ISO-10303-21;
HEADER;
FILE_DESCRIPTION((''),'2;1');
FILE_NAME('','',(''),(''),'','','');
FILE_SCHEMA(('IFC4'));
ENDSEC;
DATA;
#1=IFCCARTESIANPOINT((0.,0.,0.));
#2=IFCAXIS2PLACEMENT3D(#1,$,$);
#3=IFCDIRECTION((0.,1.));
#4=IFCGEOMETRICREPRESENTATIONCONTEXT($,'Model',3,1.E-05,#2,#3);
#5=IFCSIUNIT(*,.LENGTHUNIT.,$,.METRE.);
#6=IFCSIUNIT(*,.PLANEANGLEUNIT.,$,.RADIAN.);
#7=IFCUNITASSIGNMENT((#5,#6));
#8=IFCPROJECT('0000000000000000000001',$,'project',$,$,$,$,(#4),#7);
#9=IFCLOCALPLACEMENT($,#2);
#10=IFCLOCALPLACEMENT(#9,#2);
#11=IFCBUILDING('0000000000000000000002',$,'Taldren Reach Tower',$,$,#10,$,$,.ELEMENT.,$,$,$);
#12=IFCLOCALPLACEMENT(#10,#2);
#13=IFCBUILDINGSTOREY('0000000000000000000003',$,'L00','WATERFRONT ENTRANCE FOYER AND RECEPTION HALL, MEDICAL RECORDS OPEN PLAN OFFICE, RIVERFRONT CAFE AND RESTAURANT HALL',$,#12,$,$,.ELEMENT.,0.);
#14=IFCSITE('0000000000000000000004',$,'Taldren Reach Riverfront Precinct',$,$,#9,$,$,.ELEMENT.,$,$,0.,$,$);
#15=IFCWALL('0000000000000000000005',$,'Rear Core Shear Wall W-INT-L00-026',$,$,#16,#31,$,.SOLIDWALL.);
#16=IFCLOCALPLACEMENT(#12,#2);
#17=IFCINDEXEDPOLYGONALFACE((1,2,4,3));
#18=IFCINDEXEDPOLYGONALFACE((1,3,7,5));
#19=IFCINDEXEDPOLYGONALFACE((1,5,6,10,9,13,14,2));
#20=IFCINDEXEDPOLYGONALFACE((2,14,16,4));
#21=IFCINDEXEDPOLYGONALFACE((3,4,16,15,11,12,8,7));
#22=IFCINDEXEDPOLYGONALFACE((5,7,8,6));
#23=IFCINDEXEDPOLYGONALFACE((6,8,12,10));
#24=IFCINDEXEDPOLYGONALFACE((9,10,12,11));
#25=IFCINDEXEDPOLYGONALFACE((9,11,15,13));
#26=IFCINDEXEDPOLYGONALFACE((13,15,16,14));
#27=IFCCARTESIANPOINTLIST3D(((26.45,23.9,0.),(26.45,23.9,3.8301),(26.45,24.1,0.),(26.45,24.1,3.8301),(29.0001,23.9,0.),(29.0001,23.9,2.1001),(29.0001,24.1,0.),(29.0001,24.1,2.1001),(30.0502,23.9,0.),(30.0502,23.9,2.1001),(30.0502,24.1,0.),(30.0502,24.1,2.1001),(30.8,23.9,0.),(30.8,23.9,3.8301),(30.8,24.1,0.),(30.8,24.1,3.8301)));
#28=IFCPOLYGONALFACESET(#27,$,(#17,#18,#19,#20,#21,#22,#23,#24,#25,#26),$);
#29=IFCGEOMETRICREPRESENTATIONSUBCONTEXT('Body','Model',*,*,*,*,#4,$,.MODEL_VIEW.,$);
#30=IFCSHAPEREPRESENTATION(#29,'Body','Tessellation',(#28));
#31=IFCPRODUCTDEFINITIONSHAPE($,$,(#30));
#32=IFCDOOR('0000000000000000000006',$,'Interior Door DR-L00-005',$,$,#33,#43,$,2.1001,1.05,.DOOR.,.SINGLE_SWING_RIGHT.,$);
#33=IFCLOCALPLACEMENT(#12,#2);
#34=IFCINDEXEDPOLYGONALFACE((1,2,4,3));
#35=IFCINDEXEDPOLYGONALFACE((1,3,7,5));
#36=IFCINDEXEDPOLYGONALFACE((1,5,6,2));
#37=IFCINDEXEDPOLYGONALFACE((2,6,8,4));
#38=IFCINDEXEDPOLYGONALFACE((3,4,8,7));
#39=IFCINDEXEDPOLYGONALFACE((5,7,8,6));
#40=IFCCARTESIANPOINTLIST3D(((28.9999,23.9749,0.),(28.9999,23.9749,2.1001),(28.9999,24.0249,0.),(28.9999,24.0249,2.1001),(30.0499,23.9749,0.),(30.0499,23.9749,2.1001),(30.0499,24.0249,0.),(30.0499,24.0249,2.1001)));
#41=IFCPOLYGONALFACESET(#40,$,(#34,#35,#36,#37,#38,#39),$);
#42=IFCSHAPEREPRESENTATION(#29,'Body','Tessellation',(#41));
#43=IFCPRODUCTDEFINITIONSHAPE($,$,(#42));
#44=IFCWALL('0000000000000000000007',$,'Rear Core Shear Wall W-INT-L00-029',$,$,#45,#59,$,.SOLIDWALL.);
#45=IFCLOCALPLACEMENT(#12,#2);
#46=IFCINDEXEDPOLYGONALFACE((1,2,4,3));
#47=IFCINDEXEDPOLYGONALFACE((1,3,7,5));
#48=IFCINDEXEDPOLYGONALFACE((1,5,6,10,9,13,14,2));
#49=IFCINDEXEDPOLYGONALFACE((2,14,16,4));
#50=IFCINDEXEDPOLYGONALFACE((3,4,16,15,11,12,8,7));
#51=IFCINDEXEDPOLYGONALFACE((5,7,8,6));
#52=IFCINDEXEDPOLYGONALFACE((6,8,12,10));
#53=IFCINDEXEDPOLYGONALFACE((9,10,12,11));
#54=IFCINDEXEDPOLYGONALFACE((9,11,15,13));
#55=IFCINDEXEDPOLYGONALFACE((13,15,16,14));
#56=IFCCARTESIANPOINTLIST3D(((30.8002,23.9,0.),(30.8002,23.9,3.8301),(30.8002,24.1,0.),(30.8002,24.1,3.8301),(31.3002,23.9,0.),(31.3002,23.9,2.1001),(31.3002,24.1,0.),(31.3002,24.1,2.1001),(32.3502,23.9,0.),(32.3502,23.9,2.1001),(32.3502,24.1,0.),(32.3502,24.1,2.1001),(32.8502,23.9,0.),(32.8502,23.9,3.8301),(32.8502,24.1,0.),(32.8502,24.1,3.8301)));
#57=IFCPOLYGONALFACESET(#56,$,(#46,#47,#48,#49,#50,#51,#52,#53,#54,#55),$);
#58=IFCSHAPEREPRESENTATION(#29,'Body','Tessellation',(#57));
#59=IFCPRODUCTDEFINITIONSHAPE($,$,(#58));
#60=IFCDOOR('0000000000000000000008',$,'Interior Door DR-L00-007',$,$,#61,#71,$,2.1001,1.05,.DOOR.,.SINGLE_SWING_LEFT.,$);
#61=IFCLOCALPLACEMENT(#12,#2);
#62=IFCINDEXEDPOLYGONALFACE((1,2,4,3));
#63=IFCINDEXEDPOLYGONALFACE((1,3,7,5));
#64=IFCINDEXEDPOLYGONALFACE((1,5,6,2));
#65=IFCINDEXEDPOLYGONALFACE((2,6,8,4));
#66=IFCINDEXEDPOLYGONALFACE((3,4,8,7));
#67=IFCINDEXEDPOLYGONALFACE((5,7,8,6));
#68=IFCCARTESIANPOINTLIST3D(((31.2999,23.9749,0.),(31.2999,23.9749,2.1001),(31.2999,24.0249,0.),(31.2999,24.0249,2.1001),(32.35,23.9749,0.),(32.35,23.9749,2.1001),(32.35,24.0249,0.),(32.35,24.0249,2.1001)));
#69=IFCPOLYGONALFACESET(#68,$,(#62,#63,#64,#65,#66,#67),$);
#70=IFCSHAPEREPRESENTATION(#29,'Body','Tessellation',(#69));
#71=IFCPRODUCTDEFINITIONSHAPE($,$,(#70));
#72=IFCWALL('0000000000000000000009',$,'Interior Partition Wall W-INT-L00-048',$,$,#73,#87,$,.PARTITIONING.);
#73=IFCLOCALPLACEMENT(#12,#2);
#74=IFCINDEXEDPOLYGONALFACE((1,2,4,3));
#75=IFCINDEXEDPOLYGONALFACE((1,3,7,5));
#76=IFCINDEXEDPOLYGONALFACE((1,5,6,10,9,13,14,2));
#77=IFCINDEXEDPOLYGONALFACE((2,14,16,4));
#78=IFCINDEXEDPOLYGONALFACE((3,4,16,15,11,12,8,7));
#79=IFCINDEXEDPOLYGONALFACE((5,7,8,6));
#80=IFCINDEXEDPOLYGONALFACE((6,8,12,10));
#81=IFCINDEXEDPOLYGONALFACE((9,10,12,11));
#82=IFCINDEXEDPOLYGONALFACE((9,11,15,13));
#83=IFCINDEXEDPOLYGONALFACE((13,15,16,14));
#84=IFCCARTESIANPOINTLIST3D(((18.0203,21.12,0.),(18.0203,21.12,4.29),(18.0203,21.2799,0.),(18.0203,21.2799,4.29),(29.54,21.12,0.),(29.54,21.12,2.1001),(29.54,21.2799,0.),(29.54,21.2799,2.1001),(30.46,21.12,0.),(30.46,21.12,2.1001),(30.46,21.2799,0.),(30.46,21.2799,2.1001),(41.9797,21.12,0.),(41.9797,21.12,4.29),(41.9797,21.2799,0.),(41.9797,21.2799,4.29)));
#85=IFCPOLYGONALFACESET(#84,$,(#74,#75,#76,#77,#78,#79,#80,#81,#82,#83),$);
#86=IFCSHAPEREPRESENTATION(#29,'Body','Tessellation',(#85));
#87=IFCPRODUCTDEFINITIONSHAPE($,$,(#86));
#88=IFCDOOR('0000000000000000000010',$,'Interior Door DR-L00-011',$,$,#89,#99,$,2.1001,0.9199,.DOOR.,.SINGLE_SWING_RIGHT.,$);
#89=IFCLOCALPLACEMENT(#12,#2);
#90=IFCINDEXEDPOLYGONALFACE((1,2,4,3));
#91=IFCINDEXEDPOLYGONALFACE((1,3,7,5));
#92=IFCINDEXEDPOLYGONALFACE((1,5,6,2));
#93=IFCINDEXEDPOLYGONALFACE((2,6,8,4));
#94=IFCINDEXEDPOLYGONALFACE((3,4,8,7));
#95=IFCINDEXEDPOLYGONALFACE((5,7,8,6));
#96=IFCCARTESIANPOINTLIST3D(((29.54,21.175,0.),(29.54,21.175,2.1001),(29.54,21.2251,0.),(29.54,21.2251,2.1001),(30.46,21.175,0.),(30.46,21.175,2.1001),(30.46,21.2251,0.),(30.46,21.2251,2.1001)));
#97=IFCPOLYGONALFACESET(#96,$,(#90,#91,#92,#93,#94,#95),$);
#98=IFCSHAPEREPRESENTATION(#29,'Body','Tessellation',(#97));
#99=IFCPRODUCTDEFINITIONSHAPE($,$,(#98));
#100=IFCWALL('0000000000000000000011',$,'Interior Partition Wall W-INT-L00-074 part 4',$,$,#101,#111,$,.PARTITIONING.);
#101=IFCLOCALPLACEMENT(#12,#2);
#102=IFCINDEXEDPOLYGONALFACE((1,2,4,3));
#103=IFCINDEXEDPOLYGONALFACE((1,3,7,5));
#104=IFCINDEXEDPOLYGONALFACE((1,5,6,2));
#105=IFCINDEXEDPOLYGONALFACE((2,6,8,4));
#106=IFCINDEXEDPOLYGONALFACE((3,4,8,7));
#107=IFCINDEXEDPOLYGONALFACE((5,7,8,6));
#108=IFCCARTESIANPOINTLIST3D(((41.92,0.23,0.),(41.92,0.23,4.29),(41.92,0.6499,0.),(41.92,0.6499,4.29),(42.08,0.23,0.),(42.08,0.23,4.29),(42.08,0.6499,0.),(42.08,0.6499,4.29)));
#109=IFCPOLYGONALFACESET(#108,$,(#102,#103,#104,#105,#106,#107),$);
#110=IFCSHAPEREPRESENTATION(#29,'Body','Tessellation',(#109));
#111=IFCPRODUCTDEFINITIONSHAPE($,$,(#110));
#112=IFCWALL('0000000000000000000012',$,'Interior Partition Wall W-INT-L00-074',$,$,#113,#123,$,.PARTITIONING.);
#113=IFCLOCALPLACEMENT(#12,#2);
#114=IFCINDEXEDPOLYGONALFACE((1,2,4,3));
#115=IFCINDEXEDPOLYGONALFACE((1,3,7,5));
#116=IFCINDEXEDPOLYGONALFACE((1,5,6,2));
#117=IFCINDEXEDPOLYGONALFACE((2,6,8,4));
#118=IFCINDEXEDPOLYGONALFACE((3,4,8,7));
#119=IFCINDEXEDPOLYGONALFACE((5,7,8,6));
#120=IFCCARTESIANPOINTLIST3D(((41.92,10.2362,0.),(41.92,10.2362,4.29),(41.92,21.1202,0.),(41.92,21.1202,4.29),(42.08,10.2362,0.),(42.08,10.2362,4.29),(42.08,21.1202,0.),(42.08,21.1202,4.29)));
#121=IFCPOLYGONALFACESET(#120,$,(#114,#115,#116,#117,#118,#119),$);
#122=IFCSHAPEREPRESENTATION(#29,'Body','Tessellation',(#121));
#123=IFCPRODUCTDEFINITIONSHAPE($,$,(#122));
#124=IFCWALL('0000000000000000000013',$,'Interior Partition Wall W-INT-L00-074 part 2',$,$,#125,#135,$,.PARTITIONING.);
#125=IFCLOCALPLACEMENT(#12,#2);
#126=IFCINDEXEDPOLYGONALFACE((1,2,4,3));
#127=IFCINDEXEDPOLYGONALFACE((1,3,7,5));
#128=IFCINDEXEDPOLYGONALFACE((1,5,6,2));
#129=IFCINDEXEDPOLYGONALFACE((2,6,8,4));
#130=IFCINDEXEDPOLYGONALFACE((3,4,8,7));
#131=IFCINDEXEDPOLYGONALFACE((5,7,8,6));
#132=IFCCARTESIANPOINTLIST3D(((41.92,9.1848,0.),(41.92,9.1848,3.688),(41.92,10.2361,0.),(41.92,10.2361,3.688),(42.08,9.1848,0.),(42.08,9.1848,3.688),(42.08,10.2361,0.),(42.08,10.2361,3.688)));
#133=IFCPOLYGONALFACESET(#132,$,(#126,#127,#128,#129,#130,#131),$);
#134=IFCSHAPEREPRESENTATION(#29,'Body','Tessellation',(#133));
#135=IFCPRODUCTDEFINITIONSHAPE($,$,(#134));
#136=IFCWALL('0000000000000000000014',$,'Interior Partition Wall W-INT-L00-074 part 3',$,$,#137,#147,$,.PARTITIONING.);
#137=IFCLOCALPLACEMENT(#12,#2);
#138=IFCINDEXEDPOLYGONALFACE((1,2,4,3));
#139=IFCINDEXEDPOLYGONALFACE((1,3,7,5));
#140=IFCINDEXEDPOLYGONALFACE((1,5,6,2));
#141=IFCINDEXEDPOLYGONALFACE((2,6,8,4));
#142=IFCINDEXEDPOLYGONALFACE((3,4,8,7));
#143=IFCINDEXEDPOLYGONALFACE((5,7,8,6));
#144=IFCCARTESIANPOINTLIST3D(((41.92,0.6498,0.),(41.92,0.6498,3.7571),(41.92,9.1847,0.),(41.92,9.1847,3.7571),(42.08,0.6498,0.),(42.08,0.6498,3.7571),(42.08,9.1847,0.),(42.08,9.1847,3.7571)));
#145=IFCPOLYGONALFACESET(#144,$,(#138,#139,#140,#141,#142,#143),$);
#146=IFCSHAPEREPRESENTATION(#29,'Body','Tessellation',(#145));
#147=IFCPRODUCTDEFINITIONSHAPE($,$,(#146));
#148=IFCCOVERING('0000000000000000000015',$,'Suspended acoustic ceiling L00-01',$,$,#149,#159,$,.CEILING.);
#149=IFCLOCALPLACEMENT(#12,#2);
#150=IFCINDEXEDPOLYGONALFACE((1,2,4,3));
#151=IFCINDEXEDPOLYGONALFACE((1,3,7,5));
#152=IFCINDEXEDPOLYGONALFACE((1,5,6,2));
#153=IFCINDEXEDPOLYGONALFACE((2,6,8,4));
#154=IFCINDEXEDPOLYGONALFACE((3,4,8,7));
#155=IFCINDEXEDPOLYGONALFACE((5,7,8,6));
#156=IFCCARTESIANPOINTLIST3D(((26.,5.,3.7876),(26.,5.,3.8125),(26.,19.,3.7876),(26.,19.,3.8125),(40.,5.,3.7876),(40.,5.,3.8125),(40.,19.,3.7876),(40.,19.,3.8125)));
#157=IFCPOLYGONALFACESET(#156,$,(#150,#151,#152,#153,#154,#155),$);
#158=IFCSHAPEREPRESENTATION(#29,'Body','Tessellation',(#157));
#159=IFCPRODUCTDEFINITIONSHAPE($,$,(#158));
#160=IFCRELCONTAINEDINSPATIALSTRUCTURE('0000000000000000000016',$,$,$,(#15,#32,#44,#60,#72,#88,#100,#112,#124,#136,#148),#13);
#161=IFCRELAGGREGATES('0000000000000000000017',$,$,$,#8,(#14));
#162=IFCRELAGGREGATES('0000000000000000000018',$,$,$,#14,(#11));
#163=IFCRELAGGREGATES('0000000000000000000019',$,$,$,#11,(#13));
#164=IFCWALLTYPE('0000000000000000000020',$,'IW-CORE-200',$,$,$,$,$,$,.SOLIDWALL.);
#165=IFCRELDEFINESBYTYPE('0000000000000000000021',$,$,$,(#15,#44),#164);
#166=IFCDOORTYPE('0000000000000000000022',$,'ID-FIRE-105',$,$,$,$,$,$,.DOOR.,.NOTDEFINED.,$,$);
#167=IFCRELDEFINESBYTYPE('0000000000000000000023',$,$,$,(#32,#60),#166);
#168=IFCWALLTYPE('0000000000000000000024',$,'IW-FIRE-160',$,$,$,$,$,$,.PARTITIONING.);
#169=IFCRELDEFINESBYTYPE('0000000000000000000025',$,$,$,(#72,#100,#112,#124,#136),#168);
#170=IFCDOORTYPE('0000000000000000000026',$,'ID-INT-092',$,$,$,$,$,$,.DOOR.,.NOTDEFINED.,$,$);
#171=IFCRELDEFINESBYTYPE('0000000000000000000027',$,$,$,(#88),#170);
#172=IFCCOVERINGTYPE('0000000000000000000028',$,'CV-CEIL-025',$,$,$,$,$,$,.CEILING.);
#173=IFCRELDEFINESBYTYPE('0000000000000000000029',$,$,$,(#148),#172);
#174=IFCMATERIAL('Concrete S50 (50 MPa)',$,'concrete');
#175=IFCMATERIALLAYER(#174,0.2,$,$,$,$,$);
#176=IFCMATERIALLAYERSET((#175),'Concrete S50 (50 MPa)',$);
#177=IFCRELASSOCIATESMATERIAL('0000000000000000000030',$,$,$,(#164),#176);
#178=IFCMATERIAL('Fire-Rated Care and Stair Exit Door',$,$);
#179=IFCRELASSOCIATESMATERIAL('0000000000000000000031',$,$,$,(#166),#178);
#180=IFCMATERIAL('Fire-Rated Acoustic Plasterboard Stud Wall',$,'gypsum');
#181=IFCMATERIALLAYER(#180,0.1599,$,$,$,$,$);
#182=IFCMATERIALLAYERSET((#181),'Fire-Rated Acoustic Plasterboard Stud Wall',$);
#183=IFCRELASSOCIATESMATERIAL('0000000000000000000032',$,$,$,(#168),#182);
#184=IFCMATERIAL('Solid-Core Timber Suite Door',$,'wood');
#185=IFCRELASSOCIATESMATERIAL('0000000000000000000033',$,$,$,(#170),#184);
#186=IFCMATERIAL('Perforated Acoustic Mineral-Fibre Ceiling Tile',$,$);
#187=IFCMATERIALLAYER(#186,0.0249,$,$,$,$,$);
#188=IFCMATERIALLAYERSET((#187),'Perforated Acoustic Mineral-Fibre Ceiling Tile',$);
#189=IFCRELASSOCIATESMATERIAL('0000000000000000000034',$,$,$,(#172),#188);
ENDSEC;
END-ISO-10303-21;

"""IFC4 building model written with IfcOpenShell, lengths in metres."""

from ifc_helpers import new_model, si_unit, direction, frame, frame_2d, origin, origin_2d, place, context, subcontext, project, spatial, rectangle, extrude, source, transform, mapped, material, layer, layer_set, type_object, element, fill, save


model = new_model("IFC4")

# Units and contexts
model_context = context("Model", 3, precision=1e-05, world=origin(), true_north=direction((0.0, 1.0)))
body_context = subcontext(model_context, "Body", "Model", "MODEL_VIEW")
ifc_project = project(units=[si_unit("LENGTHUNIT", "METRE"), si_unit("PLANEANGLEUNIT", "RADIAN")], contexts=[model_context])

# Site, building, storey
site_placement = place(None, origin())
site = spatial("IfcSite", under=ifc_project, at=site_placement, Name="Taldren Reach Riverfront Precinct", CompositionType="ELEMENT", RefElevation=0.0)
building_placement = place(site_placement, origin())
building = spatial("IfcBuilding", under=site, at=building_placement, Name="Taldren Reach Tower", CompositionType="ELEMENT")
storey_placement = place(building_placement, origin())
storey = spatial("IfcBuildingStorey", under=building, at=storey_placement, Name="L00", Description="WATERFRONT ENTRANCE FOYER AND RECEPTION HALL, MEDICAL RECORDS OPEN PLAN OFFICE, RIVERFRONT CAFE AND RESTAURANT HALL", CompositionType="ELEMENT", Elevation=0.0)

# Walls, openings, doors
ifc_material_1 = material(Name="Concrete S50 (50 MPa)", Category="concrete")
ifc_layer_1 = layer(ifc_material_1, 0.2)
ifc_layer_set_1 = layer_set([ifc_layer_1], Name="Concrete S50 (50 MPa)")
wall_type_1 = type_object("IfcWallType", Name="IW-CORE-200", PredefinedType="SOLIDWALL", material=ifc_layer_set_1)
shared_shape_1 = source(origin(), body_context, "Body", "SweptSolid", [
    extrude(rectangle(XDim=4.3501, YDim=0.2, at=frame_2d((2.175, 0.0))), origin(), (0.0, 0.0, 1.0), 3.8301),
])
wall_1_placement = place(storey_placement, frame((30.8, 24.0, 0.0), z_axis=(0.0, 0.0, 1.0), x_axis=(-1.0, 0.0, 0.0)))
wall_1 = element("IfcWall", 1, at=wall_1_placement, inside=storey, type_object=wall_type_1, Name="Rear Core Shear Wall W-INT-L00-026", PredefinedType="SOLIDWALL", context=body_context, shape_type="MappedRepresentation", body=[
    mapped(shared_shape_1, transform((0.0, 0.0, 0.0), scale=1.0)),
])
shared_shape_2 = source(origin(), body_context, "Body", "SweptSolid", [
    extrude(rectangle(XDim=1.05, YDim=2.1001, at=frame_2d((0.5249, 1.05))), frame((0.0, 0.1099, 0.0), z_axis=(0.0, -1.0, 0.0), x_axis=(1.0, 0.0, 0.0)), (0.0, 0.0, 1.0), 0.22),
])
opening_1_placement = place(wall_1_placement, frame((0.75, 0.0, 0.0)))
opening_1 = element("IfcOpeningElement", 2, at=opening_1_placement, cuts=wall_1, PredefinedType="OPENING", context=body_context, shape_type="MappedRepresentation", body=[
    mapped(shared_shape_2, transform((0.0, 0.0, 0.0), scale=1.0)),
])
ifc_material_2 = material(Name="Fire-Rated Care and Stair Exit Door")
door_type_1 = type_object("IfcDoorType", Name="ID-FIRE-105", OperationType="NOTDEFINED", PredefinedType="DOOR", material=ifc_material_2)
shared_shape_3 = source(origin(), body_context, "Body", "SweptSolid", [
    extrude(rectangle(XDim=1.05, YDim=2.1001, at=frame_2d((0.5249, 1.05))), frame((0.0, 0.0249, 0.0), z_axis=(0.0, -1.0, 0.0), x_axis=(1.0, 0.0, 0.0)), (0.0, 0.0, 1.0), 0.05),
])
door_1_placement = place(opening_1_placement, frame((1.05, 0.0, 0.0), z_axis=(0.0, 0.0, 1.0), x_axis=(-1.0, 0.0, 0.0)))
door_1 = element("IfcDoor", 3, at=door_1_placement, inside=storey, type_object=door_type_1, Name="Interior Door DR-L00-005", OperationType="SINGLE_SWING_RIGHT", OverallHeight=2.1001, OverallWidth=1.05, PredefinedType="DOOR", context=body_context, shape_type="MappedRepresentation", body=[
    mapped(shared_shape_3, transform((0.0, 0.0, 0.0), scale=1.0)),
])
fill(opening_1, door_1)
shared_shape_4 = source(origin(), body_context, "Body", "SweptSolid", [
    extrude(rectangle(XDim=2.05, YDim=0.2, at=frame_2d((1.0249, 0.0))), origin(), (0.0, 0.0, 1.0), 3.8301),
])
wall_2_placement = place(storey_placement, frame((32.8501, 24.0, 0.0), z_axis=(0.0, 0.0, 1.0), x_axis=(-1.0, 0.0, 0.0)))
wall_2 = element("IfcWall", 4, at=wall_2_placement, inside=storey, type_object=wall_type_1, Name="Rear Core Shear Wall W-INT-L00-029", PredefinedType="SOLIDWALL", context=body_context, shape_type="MappedRepresentation", body=[
    mapped(shared_shape_4, transform((0.0, 0.0, 0.0), scale=1.0)),
])
opening_2_placement = place(wall_2_placement, frame((0.5, 0.0, 0.0)))
opening_2 = element("IfcOpeningElement", 5, at=opening_2_placement, cuts=wall_2, PredefinedType="OPENING", context=body_context, shape_type="MappedRepresentation", body=[
    mapped(shared_shape_2, transform((0.0, 0.0, 0.0), scale=1.0)),
])
door_2_placement = place(opening_2_placement, frame((1.05, 0.0, 0.0), z_axis=(0.0, 0.0, 1.0), x_axis=(-1.0, 0.0, 0.0)))
door_2 = element("IfcDoor", 6, at=door_2_placement, inside=storey, type_object=door_type_1, Name="Interior Door DR-L00-007", OperationType="SINGLE_SWING_LEFT", OverallHeight=2.1001, OverallWidth=1.05, PredefinedType="DOOR", context=body_context, shape_type="MappedRepresentation", body=[
    mapped(shared_shape_3, transform((0.0, 0.0, 0.0), scale=1.0)),
])
fill(opening_2, door_2)
ifc_material_3 = material(Name="Fire-Rated Acoustic Plasterboard Stud Wall", Category="gypsum")
ifc_layer_2 = layer(ifc_material_3, 0.1599)
ifc_layer_set_2 = layer_set([ifc_layer_2], Name="Fire-Rated Acoustic Plasterboard Stud Wall")
wall_type_2 = type_object("IfcWallType", Name="IW-FIRE-160", PredefinedType="PARTITIONING", material=ifc_layer_set_2)
shared_shape_5 = source(origin(), body_context, "Body", "SweptSolid", [
    extrude(rectangle(XDim=23.9595, YDim=0.1599, at=frame_2d((11.9797, 0.0))), origin(), (0.0, 0.0, 1.0), 4.29),
])
wall_3_placement = place(storey_placement, frame((41.9797, 21.2, 0.0), z_axis=(0.0, 0.0, 1.0), x_axis=(-1.0, 0.0, 0.0)))
wall_3 = element("IfcWall", 7, at=wall_3_placement, inside=storey, type_object=wall_type_2, Name="Interior Partition Wall W-INT-L00-048", PredefinedType="PARTITIONING", context=body_context, shape_type="MappedRepresentation", body=[
    mapped(shared_shape_5, transform((0.0, 0.0, 0.0), scale=1.0)),
])
shared_shape_6 = source(origin(), body_context, "Body", "SweptSolid", [
    extrude(rectangle(XDim=0.9199, YDim=2.1001, at=frame_2d((0.46, 1.05))), frame((0.0, 0.0898, 0.0), z_axis=(0.0, -1.0, 0.0), x_axis=(1.0, 0.0, 0.0)), (0.0, 0.0, 1.0), 0.1799),
])
opening_3_placement = place(wall_3_placement, frame((11.5198, 0.0, 0.0)))
opening_3 = element("IfcOpeningElement", 8, at=opening_3_placement, cuts=wall_3, PredefinedType="OPENING", context=body_context, shape_type="MappedRepresentation", body=[
    mapped(shared_shape_6, transform((0.0, 0.0, 0.0), scale=1.0)),
])
ifc_material_4 = material(Name="Solid-Core Timber Suite Door", Category="wood")
door_type_2 = type_object("IfcDoorType", Name="ID-INT-092", OperationType="NOTDEFINED", PredefinedType="DOOR", material=ifc_material_4)
shared_shape_7 = source(origin(), body_context, "Body", "SweptSolid", [
    extrude(rectangle(XDim=0.9199, YDim=2.1001, at=frame_2d((0.46, 1.05))), frame((0.0, 0.0249, 0.0), z_axis=(0.0, -1.0, 0.0), x_axis=(1.0, 0.0, 0.0)), (0.0, 0.0, 1.0), 0.05),
])
door_3_placement = place(opening_3_placement, origin())
door_3 = element("IfcDoor", 9, at=door_3_placement, inside=storey, type_object=door_type_2, Name="Interior Door DR-L00-011", OperationType="SINGLE_SWING_RIGHT", OverallHeight=2.1001, OverallWidth=0.9199, PredefinedType="DOOR", context=body_context, shape_type="MappedRepresentation", body=[
    mapped(shared_shape_7, transform((0.0, 0.0, 0.0), scale=1.0)),
])
fill(opening_3, door_3)

# Walls
shared_shape_8 = source(origin(), body_context, "Body", "SweptSolid", [
    extrude(rectangle(XDim=0.4199, YDim=0.1599, at=frame_2d((0.21, 0.0))), origin(), (0.0, 0.0, 1.0), 4.29),
])
wall_4_placement = place(storey_placement, frame((42.0, 0.6499, 0.0), z_axis=(0.0, 0.0, 1.0), x_axis=(0.0, -1.0, 0.0)))
element("IfcWall", 10, at=wall_4_placement, inside=storey, type_object=wall_type_2, Name="Interior Partition Wall W-INT-L00-074 part 4", PredefinedType="PARTITIONING", context=body_context, shape_type="MappedRepresentation", body=[
    mapped(shared_shape_8, transform((0.0, 0.0, 0.0), scale=1.0)),
])
shared_shape_9 = source(origin(), body_context, "Body", "SweptSolid", [
    extrude(rectangle(XDim=10.884, YDim=0.1599, at=frame_2d((5.4419, 0.0))), origin(), (0.0, 0.0, 1.0), 4.29),
])
wall_5_placement = place(storey_placement, frame((42.0, 21.1201, 0.0), z_axis=(0.0, 0.0, 1.0), x_axis=(0.0, -1.0, 0.0)))
element("IfcWall", 11, at=wall_5_placement, inside=storey, type_object=wall_type_2, Name="Interior Partition Wall W-INT-L00-074", PredefinedType="PARTITIONING", context=body_context, shape_type="MappedRepresentation", body=[
    mapped(shared_shape_9, transform((0.0, 0.0, 0.0), scale=1.0)),
])
shared_shape_10 = source(origin(), body_context, "Body", "SweptSolid", [
    extrude(rectangle(XDim=1.0513, YDim=0.1599, at=frame_2d((0.5256, 0.0))), origin(), (0.0, 0.0, 1.0), 3.688),
])
wall_6_placement = place(storey_placement, frame((42.0, 10.2361, 0.0), z_axis=(0.0, 0.0, 1.0), x_axis=(0.0, -1.0, 0.0)))
element("IfcWall", 12, at=wall_6_placement, inside=storey, type_object=wall_type_2, Name="Interior Partition Wall W-INT-L00-074 part 2", PredefinedType="PARTITIONING", context=body_context, shape_type="MappedRepresentation", body=[
    mapped(shared_shape_10, transform((0.0, 0.0, 0.0), scale=1.0)),
])
shared_shape_11 = source(origin(), body_context, "Body", "SweptSolid", [
    extrude(rectangle(XDim=8.5349, YDim=0.1599, at=frame_2d((4.2676, 0.0))), origin(), (0.0, 0.0, 1.0), 3.7571),
])
wall_7_placement = place(storey_placement, frame((42.0, 9.1848, 0.0), z_axis=(0.0, 0.0, 1.0), x_axis=(0.0, -1.0, 0.0)))
element("IfcWall", 13, at=wall_7_placement, inside=storey, type_object=wall_type_2, Name="Interior Partition Wall W-INT-L00-074 part 3", PredefinedType="PARTITIONING", context=body_context, shape_type="MappedRepresentation", body=[
    mapped(shared_shape_11, transform((0.0, 0.0, 0.0), scale=1.0)),
])

# Covering
ifc_material_5 = material(Name="Perforated Acoustic Mineral-Fibre Ceiling Tile")
ifc_layer_3 = layer(ifc_material_5, 0.0249)
ifc_layer_set_3 = layer_set([ifc_layer_3], Name="Perforated Acoustic Mineral-Fibre Ceiling Tile")
covering_type = type_object("IfcCoveringType", Name="CV-CEIL-025", PredefinedType="CEILING", material=ifc_layer_set_3)
shared_shape_12 = source(origin(), body_context, "Body", "SweptSolid", [
    extrude(rectangle(XDim=14.0, YDim=14.0, at=origin_2d()), origin(), (0.0, 0.0, 1.0), 0.0249),
])
covering_placement = place(storey_placement, frame((33.0, 12.0, 3.7876), z_axis=(0.0, 0.0, 1.0), x_axis=(1.0, 0.0, 0.0)))
element("IfcCovering", 14, at=covering_placement, inside=storey, type_object=covering_type, Name="Suspended acoustic ceiling L00-01", PredefinedType="CEILING", context=body_context, shape_type="MappedRepresentation", body=[
    mapped(shared_shape_12, transform((0.0, 0.0, 0.0), scale=1.0)),
])

save(model, "model.ifc")
